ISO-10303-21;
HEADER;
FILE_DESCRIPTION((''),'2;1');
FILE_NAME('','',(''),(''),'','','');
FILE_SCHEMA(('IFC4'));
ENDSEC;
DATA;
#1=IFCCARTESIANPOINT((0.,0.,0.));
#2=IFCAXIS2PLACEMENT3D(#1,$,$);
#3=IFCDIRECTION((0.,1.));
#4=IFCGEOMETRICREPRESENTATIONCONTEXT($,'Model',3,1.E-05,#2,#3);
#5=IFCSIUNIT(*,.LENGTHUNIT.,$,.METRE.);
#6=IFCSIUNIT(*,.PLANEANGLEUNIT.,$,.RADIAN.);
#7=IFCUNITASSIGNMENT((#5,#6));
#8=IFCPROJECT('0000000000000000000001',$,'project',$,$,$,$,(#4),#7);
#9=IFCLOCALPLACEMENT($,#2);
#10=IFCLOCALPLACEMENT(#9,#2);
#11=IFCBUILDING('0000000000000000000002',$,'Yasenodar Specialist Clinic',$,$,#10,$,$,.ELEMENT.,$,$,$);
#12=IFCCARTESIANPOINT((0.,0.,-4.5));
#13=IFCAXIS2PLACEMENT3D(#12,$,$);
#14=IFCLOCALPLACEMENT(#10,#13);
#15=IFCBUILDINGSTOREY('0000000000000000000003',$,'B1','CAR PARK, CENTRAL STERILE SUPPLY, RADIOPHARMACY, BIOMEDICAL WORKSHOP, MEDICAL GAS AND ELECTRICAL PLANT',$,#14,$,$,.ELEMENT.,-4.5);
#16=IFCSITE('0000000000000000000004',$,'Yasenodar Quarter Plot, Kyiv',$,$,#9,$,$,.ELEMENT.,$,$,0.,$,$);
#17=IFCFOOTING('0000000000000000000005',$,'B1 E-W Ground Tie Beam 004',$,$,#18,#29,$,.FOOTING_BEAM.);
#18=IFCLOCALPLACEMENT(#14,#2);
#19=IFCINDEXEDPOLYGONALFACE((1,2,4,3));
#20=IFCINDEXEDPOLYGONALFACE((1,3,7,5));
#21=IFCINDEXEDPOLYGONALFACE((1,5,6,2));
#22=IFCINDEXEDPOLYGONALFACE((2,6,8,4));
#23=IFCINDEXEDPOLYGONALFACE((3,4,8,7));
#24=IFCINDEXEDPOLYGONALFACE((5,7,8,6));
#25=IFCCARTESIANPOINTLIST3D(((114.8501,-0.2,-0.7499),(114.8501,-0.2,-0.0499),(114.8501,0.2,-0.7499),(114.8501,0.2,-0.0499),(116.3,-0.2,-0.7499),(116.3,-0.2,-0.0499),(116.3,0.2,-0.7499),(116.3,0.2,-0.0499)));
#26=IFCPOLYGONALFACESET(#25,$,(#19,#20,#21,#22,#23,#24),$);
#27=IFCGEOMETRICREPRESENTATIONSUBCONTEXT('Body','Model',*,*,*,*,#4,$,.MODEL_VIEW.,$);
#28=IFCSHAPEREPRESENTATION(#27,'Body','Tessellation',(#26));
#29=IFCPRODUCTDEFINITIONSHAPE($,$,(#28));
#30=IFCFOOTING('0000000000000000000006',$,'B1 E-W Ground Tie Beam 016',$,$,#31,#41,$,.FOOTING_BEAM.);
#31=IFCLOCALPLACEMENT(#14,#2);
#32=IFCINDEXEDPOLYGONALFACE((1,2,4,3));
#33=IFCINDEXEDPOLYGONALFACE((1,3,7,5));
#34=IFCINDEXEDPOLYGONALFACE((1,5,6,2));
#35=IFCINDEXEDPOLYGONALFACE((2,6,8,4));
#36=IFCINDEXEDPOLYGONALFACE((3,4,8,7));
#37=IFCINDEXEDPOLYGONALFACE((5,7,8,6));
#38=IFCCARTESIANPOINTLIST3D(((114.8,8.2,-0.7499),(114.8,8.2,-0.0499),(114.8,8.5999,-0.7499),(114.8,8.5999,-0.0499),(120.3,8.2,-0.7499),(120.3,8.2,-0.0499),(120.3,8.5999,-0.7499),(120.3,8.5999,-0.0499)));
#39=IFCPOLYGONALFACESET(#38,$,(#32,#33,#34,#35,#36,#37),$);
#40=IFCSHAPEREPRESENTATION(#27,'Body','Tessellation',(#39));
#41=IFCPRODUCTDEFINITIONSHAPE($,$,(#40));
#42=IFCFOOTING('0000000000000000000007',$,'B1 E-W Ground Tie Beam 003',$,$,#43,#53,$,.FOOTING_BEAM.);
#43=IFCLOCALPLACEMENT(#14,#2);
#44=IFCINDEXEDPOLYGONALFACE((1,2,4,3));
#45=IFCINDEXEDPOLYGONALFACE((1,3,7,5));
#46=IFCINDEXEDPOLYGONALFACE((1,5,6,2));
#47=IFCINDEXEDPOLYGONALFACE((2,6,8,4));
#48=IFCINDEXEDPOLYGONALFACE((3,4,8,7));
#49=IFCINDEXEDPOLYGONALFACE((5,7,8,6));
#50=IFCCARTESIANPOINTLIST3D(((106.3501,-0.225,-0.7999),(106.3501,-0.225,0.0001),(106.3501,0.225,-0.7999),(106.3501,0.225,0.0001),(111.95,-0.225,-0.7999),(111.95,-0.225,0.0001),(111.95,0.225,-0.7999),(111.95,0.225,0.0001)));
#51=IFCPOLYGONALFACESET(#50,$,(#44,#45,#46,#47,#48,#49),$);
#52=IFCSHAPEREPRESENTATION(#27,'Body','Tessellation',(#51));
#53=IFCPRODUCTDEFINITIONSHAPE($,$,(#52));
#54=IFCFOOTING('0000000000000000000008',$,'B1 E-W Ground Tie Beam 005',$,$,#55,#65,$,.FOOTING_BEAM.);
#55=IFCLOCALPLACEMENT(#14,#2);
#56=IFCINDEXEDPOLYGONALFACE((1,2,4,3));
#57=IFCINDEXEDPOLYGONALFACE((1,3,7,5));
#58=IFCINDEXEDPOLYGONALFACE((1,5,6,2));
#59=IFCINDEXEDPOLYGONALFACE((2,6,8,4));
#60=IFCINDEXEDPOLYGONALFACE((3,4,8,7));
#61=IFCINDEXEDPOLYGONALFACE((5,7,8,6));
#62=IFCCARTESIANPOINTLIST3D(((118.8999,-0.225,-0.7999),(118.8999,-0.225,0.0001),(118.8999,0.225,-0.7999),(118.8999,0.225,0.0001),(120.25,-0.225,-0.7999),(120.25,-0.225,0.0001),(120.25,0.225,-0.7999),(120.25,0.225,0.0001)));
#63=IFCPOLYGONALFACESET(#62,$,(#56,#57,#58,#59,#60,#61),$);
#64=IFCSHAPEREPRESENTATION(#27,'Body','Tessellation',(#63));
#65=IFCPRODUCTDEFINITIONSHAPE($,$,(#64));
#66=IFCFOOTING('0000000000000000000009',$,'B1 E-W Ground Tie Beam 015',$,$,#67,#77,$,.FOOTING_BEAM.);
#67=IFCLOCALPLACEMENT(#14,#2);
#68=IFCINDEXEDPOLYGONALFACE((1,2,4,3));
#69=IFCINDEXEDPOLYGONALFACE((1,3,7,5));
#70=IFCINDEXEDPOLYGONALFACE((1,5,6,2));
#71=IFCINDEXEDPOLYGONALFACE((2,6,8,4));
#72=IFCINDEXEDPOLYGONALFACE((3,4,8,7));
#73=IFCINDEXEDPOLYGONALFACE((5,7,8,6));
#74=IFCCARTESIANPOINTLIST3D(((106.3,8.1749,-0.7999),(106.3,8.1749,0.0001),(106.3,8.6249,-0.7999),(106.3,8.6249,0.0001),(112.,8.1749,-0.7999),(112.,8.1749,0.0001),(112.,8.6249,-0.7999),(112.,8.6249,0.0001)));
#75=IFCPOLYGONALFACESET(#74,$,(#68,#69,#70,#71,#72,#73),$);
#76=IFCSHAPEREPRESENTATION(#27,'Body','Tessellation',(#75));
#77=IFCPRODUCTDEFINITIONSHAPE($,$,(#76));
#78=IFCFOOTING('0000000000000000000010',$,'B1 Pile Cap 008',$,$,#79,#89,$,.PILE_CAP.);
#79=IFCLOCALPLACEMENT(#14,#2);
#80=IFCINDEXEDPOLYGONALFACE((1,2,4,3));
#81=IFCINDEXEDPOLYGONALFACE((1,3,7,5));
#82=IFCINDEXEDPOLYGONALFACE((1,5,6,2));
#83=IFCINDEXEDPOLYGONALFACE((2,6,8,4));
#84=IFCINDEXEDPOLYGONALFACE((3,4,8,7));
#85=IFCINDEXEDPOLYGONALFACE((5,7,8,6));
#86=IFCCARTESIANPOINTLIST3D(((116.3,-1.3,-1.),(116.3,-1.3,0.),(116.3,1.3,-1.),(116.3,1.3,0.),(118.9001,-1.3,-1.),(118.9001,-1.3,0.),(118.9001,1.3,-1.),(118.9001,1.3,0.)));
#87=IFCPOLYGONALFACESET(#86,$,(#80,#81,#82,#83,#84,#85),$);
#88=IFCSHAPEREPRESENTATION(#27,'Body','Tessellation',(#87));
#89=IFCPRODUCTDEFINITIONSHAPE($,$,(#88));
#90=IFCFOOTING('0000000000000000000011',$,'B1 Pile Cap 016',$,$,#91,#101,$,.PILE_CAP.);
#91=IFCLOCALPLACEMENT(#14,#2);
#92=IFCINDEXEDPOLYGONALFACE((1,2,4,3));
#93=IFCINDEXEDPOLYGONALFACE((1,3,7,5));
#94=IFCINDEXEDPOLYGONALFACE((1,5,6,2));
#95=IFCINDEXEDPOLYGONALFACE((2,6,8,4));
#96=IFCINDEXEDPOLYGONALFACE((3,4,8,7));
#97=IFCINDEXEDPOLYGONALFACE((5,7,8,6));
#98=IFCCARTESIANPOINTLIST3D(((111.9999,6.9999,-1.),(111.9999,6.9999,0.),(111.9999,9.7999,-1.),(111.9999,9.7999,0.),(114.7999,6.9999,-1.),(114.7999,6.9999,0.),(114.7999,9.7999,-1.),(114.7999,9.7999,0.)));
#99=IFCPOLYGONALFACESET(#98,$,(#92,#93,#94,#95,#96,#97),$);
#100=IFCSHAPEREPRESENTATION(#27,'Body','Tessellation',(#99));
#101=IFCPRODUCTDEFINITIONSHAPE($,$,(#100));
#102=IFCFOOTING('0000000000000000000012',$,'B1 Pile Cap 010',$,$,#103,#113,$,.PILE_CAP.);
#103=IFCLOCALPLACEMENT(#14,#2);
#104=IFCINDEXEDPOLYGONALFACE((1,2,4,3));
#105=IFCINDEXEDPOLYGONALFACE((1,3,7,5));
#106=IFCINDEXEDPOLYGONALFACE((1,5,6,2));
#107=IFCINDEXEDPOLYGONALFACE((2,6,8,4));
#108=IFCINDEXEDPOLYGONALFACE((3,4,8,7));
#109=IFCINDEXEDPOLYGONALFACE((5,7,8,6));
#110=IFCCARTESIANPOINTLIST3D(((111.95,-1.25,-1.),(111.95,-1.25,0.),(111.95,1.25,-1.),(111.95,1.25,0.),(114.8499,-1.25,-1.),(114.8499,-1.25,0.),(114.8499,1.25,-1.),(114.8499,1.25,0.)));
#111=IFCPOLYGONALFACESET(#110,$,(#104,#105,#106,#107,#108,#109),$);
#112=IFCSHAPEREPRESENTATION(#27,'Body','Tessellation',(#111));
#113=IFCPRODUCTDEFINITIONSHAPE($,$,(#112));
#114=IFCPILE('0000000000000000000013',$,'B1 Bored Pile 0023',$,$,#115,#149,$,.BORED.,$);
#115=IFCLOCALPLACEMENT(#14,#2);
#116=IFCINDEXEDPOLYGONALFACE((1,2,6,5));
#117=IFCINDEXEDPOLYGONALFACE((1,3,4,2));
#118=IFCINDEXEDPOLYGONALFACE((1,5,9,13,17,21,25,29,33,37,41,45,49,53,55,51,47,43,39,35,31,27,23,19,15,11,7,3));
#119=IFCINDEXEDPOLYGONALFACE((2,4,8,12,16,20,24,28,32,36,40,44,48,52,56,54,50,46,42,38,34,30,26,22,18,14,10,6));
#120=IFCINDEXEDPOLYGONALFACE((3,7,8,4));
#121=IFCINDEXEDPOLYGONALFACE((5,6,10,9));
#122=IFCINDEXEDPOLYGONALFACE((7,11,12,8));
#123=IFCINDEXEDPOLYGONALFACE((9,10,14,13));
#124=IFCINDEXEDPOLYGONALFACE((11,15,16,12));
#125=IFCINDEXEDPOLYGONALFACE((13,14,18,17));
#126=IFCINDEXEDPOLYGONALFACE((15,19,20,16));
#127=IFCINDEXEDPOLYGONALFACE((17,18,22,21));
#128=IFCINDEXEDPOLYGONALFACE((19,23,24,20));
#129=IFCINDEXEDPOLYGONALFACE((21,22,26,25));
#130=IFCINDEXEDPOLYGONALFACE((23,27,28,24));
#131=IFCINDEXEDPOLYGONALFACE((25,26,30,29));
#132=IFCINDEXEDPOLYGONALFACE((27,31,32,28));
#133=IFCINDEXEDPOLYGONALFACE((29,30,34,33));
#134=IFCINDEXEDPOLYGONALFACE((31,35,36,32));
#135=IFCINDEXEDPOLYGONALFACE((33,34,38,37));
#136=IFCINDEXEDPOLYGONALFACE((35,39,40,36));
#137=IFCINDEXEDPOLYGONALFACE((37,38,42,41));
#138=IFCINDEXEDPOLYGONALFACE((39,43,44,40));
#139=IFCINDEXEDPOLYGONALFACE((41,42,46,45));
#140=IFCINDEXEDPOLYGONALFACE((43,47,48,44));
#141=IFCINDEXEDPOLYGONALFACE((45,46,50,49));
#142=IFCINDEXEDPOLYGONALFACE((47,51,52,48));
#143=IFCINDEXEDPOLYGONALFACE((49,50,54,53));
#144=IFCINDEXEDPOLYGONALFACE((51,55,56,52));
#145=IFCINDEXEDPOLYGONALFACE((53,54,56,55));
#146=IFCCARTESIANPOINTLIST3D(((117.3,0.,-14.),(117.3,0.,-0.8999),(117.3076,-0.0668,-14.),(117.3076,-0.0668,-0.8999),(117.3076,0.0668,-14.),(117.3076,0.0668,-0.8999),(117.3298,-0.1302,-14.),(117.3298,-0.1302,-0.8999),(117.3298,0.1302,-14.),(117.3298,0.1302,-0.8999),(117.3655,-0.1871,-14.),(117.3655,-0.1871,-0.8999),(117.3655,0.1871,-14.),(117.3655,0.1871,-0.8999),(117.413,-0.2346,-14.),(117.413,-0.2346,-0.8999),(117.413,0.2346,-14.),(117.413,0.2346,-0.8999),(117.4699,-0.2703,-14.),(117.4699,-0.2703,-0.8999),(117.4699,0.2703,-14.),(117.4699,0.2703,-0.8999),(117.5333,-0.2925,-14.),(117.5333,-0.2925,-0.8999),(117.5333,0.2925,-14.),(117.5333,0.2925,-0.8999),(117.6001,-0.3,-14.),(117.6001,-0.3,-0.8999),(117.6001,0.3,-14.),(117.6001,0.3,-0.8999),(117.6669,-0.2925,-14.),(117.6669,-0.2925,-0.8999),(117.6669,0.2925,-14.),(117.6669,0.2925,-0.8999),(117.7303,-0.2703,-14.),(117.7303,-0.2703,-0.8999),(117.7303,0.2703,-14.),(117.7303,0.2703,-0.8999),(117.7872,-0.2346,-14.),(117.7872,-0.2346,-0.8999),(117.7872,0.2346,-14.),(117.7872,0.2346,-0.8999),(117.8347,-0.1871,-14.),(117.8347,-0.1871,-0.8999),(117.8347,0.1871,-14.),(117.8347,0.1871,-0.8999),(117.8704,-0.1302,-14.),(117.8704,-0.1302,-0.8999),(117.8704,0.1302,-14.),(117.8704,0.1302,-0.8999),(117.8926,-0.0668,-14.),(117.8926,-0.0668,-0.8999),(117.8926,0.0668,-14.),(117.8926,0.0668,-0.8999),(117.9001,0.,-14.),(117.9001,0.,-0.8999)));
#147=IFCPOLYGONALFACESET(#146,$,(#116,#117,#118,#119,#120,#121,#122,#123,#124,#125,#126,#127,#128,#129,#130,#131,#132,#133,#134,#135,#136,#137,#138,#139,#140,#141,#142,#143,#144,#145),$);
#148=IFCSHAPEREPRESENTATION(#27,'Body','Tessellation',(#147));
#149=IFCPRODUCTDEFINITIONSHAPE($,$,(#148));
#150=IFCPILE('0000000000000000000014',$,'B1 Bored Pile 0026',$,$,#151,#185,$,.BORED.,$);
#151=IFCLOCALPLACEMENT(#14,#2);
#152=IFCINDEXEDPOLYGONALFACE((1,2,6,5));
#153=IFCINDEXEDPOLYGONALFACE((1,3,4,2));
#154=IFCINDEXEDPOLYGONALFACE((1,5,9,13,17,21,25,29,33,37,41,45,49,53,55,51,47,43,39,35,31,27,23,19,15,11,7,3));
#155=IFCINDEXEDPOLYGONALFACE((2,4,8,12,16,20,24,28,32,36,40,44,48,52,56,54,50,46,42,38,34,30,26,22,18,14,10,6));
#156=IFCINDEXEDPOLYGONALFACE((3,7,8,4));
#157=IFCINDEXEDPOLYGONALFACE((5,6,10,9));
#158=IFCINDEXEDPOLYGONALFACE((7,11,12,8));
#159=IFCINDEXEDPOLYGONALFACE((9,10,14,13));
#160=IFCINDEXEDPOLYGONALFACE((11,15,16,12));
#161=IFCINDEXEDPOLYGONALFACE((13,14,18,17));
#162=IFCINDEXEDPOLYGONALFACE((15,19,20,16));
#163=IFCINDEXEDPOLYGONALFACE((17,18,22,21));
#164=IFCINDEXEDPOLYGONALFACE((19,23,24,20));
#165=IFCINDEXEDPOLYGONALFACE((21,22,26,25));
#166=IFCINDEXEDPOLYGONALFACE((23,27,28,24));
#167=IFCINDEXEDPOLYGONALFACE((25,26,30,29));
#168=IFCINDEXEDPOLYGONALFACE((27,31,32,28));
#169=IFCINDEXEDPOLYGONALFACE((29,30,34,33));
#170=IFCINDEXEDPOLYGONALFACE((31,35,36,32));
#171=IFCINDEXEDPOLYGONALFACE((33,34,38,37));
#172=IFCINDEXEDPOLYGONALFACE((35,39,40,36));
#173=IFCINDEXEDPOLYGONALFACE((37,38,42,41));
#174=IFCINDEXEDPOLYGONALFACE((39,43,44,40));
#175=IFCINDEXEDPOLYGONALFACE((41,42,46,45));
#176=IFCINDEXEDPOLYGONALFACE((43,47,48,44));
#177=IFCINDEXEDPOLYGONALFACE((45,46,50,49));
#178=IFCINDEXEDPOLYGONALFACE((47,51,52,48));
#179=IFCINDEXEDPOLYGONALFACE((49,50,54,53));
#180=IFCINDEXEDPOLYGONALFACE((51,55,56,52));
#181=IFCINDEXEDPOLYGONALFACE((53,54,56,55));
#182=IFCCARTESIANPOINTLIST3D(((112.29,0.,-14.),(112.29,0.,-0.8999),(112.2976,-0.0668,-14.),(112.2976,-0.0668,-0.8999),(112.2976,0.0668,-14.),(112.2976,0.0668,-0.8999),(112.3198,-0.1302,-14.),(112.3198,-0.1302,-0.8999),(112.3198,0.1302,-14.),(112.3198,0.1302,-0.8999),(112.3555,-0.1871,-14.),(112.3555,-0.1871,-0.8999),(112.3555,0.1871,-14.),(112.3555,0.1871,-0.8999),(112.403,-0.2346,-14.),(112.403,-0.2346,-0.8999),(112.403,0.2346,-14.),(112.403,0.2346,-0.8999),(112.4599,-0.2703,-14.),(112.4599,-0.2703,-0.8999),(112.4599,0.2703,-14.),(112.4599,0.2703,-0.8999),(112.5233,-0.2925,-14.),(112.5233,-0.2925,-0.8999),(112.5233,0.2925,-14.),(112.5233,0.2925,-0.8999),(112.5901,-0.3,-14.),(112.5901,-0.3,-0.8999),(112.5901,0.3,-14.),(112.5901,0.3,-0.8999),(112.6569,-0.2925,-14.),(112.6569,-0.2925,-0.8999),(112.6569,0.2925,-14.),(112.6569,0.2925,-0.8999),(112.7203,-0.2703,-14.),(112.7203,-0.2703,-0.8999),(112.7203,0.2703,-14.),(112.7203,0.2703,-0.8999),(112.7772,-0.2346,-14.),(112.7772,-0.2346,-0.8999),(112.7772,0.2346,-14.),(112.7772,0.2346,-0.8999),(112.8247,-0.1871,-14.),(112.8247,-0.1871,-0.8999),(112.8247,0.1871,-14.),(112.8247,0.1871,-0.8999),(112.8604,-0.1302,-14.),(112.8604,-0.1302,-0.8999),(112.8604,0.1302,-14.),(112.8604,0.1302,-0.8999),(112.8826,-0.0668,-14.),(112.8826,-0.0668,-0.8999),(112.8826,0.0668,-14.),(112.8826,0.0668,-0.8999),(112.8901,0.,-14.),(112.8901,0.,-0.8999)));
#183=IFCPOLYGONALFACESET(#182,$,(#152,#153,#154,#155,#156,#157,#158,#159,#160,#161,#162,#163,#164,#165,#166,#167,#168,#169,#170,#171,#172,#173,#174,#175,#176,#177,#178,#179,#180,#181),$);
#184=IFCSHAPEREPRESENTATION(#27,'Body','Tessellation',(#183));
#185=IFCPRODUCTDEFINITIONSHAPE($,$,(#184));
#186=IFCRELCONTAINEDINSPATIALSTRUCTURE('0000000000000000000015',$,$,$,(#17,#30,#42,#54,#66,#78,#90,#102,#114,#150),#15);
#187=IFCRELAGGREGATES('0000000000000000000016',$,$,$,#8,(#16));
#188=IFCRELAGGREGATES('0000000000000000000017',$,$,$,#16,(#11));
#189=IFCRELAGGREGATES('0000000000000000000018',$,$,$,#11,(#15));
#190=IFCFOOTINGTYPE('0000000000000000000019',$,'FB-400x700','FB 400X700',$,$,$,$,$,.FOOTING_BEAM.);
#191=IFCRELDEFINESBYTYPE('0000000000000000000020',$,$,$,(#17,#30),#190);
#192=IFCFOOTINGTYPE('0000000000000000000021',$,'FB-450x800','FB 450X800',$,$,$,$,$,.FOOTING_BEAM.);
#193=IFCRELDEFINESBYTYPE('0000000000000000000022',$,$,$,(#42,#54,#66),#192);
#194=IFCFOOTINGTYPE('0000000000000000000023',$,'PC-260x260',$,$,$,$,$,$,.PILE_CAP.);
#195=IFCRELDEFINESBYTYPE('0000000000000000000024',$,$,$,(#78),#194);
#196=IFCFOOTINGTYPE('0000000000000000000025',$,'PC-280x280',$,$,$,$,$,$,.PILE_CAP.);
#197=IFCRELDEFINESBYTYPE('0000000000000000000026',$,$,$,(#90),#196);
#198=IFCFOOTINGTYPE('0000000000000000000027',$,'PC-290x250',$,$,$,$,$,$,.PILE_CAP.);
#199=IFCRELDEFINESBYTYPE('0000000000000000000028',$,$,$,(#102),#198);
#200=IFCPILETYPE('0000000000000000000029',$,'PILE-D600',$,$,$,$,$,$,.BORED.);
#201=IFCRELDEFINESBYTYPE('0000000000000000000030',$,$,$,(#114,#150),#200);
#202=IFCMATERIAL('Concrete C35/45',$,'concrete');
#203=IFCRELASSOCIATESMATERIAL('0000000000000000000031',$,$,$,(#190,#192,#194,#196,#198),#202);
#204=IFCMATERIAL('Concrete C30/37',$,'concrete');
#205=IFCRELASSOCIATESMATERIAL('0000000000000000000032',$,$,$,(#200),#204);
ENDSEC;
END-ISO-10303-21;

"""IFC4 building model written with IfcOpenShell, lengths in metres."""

from ifc_helpers import new_model, si_unit, direction, frame, origin, origin_2d, place, context, subcontext, project, spatial, rectangle, circle, extrude, material, material_profile, profile_set, type_object, element, save


model = new_model("IFC4")

# Units and contexts
model_context = context("Model", 3, precision=1e-05, world=origin(), true_north=direction((0.0, 1.0)))
body_context = subcontext(model_context, "Body", "Model", "MODEL_VIEW")
ifc_project = project(units=[si_unit("LENGTHUNIT", "METRE"), si_unit("PLANEANGLEUNIT", "RADIAN")], contexts=[model_context])

# Site, building, storey
site_placement = place(None, origin())
site = spatial("IfcSite", under=ifc_project, at=site_placement, Name="Yasenodar Quarter Plot, Kyiv", CompositionType="ELEMENT", RefElevation=0.0)
building_placement = place(site_placement, origin())
building = spatial("IfcBuilding", under=site, at=building_placement, Name="Yasenodar Specialist Clinic", CompositionType="ELEMENT")
storey_placement = place(building_placement, frame((0.0, 0.0, -4.5)))
storey = spatial("IfcBuildingStorey", under=building, at=storey_placement, Name="B1", Description="CAR PARK, CENTRAL STERILE SUPPLY, RADIOPHARMACY, BIOMEDICAL WORKSHOP, MEDICAL GAS AND ELECTRICAL PLANT", CompositionType="ELEMENT", Elevation=-4.5)

# Footings
ifc_material_1 = material(Name="Concrete C35/45", Category="concrete")
ifc_material_profile_1 = material_profile(ifc_material_1, rectangle(XDim=0.3999, YDim=0.7, at=origin_2d()), Name="RC 400x700")
ifc_profile_set_1 = profile_set([ifc_material_profile_1], Name="Concrete C35/45")
footing_type_1 = type_object("IfcFootingType", Name="FB-400x700", Description="FB 400X700", PredefinedType="FOOTING_BEAM", material=ifc_profile_set_1)
footing_1_placement = place(storey_placement, frame((114.8501, 0.0, -0.3999), z_axis=(1.0, 0.0, 0.0), x_axis=(0.0, 1.0, 0.0)))
element("IfcFooting", 1, at=footing_1_placement, inside=storey, type_object=footing_type_1, Name="B1 E-W Ground Tie Beam 004", PredefinedType="FOOTING_BEAM", context=body_context, shape_type="SweptSolid", body=[
    extrude(rectangle(XDim=0.3999, YDim=0.7, at=origin_2d()), origin(), (0.0, 0.0, 1.0), 1.45),
])
footing_2_placement = place(storey_placement, frame((114.8, 8.3999, -0.3999), z_axis=(1.0, 0.0, 0.0), x_axis=(0.0, 1.0, 0.0)))
element("IfcFooting", 2, at=footing_2_placement, inside=storey, type_object=footing_type_1, Name="B1 E-W Ground Tie Beam 016", PredefinedType="FOOTING_BEAM", context=body_context, shape_type="SweptSolid", body=[
    extrude(rectangle(XDim=0.3999, YDim=0.7, at=origin_2d()), origin(), (0.0, 0.0, 1.0), 5.5),
])
ifc_material_profile_2 = material_profile(ifc_material_1, rectangle(XDim=0.45, YDim=0.8, at=origin_2d()), Name="RC 450x800")
ifc_profile_set_2 = profile_set([ifc_material_profile_2], Name="Concrete C35/45")
footing_type_2 = type_object("IfcFootingType", Name="FB-450x800", Description="FB 450X800", PredefinedType="FOOTING_BEAM", material=ifc_profile_set_2)
footing_3_placement = place(storey_placement, frame((106.3501, 0.0, -0.3999), z_axis=(1.0, 0.0, 0.0), x_axis=(0.0, 1.0, 0.0)))
element("IfcFooting", 3, at=footing_3_placement, inside=storey, type_object=footing_type_2, Name="B1 E-W Ground Tie Beam 003", PredefinedType="FOOTING_BEAM", context=body_context, shape_type="SweptSolid", body=[
    extrude(rectangle(XDim=0.45, YDim=0.8, at=origin_2d()), origin(), (0.0, 0.0, 1.0), 5.5999),
])
footing_4_placement = place(storey_placement, frame((118.8999, 0.0, -0.3999), z_axis=(1.0, 0.0, 0.0), x_axis=(0.0, 1.0, 0.0)))
element("IfcFooting", 4, at=footing_4_placement, inside=storey, type_object=footing_type_2, Name="B1 E-W Ground Tie Beam 005", PredefinedType="FOOTING_BEAM", context=body_context, shape_type="SweptSolid", body=[
    extrude(rectangle(XDim=0.45, YDim=0.8, at=origin_2d()), origin(), (0.0, 0.0, 1.0), 1.3501),
])
footing_5_placement = place(storey_placement, frame((106.3, 8.3999, -0.3999), z_axis=(1.0, 0.0, 0.0), x_axis=(0.0, 1.0, 0.0)))
element("IfcFooting", 5, at=footing_5_placement, inside=storey, type_object=footing_type_2, Name="B1 E-W Ground Tie Beam 015", PredefinedType="FOOTING_BEAM", context=body_context, shape_type="SweptSolid", body=[
    extrude(rectangle(XDim=0.45, YDim=0.8, at=origin_2d()), origin(), (0.0, 0.0, 1.0), 5.7),
])
footing_type_3 = type_object("IfcFootingType", Name="PC-260x260", PredefinedType="PILE_CAP", material=ifc_material_1)
footing_6_placement = place(storey_placement, frame((117.6001, 0.0, -1.0), z_axis=(0.0, 0.0, 1.0), x_axis=(1.0, 0.0, 0.0)))
element("IfcFooting", 6, at=footing_6_placement, inside=storey, type_object=footing_type_3, Name="B1 Pile Cap 008", PredefinedType="PILE_CAP", context=body_context, shape_type="SweptSolid", body=[
    extrude(rectangle(XDim=2.6001, YDim=2.6001, at=origin_2d()), origin(), (0.0, 0.0, 1.0), 1.0),
])
footing_type_4 = type_object("IfcFootingType", Name="PC-280x280", PredefinedType="PILE_CAP", material=ifc_material_1)
footing_7_placement = place(storey_placement, frame((113.3999, 8.3999, -1.0), z_axis=(0.0, 0.0, 1.0), x_axis=(1.0, 0.0, 0.0)))
element("IfcFooting", 7, at=footing_7_placement, inside=storey, type_object=footing_type_4, Name="B1 Pile Cap 016", PredefinedType="PILE_CAP", context=body_context, shape_type="SweptSolid", body=[
    extrude(rectangle(XDim=2.8, YDim=2.8, at=origin_2d()), origin(), (0.0, 0.0, 1.0), 1.0),
])
footing_type_5 = type_object("IfcFootingType", Name="PC-290x250", PredefinedType="PILE_CAP", material=ifc_material_1)
footing_8_placement = place(storey_placement, frame((113.3999, 0.0, -1.0), z_axis=(0.0, 0.0, 1.0), x_axis=(1.0, 0.0, 0.0)))
element("IfcFooting", 8, at=footing_8_placement, inside=storey, type_object=footing_type_5, Name="B1 Pile Cap 010", PredefinedType="PILE_CAP", context=body_context, shape_type="SweptSolid", body=[
    extrude(rectangle(XDim=2.8999, YDim=2.5, at=origin_2d()), origin(), (0.0, 0.0, 1.0), 1.0),
])

# Piles
ifc_material_2 = material(Name="Concrete C30/37", Category="concrete")
ifc_material_profile_3 = material_profile(ifc_material_2, circle(Radius=0.3, at=origin_2d()), Name="PILE D600")
ifc_profile_set_3 = profile_set([ifc_material_profile_3], Name="Concrete C30/37")
pile_type_1 = type_object("IfcPileType", Name="PILE-D600", PredefinedType="BORED", material=ifc_profile_set_3)
for number, where, z_axis, x_axis, name in (
    (9, (117.6001, 0.0, -0.8999), (0.0, 0.0, -1.0), (1.0, 0.0, 0.0), "B1 Bored Pile 0023"),
    (10, (112.5901, 0.0, -0.8999), (0.0, 0.0, -1.0), (1.0, 0.0, 0.0), "B1 Bored Pile 0026"),
):
    element("IfcPile", number, at=place(storey_placement, frame(where, z_axis=z_axis, x_axis=x_axis)), inside=storey, type_object=pile_type_1, Name=name, PredefinedType="BORED", context=body_context, shape_type="SweptSolid", body=[
        extrude(circle(Radius=0.3, at=origin_2d()), origin(), (0.0, 0.0, 1.0), 13.1001),
    ])

save(model, "model.ifc")
